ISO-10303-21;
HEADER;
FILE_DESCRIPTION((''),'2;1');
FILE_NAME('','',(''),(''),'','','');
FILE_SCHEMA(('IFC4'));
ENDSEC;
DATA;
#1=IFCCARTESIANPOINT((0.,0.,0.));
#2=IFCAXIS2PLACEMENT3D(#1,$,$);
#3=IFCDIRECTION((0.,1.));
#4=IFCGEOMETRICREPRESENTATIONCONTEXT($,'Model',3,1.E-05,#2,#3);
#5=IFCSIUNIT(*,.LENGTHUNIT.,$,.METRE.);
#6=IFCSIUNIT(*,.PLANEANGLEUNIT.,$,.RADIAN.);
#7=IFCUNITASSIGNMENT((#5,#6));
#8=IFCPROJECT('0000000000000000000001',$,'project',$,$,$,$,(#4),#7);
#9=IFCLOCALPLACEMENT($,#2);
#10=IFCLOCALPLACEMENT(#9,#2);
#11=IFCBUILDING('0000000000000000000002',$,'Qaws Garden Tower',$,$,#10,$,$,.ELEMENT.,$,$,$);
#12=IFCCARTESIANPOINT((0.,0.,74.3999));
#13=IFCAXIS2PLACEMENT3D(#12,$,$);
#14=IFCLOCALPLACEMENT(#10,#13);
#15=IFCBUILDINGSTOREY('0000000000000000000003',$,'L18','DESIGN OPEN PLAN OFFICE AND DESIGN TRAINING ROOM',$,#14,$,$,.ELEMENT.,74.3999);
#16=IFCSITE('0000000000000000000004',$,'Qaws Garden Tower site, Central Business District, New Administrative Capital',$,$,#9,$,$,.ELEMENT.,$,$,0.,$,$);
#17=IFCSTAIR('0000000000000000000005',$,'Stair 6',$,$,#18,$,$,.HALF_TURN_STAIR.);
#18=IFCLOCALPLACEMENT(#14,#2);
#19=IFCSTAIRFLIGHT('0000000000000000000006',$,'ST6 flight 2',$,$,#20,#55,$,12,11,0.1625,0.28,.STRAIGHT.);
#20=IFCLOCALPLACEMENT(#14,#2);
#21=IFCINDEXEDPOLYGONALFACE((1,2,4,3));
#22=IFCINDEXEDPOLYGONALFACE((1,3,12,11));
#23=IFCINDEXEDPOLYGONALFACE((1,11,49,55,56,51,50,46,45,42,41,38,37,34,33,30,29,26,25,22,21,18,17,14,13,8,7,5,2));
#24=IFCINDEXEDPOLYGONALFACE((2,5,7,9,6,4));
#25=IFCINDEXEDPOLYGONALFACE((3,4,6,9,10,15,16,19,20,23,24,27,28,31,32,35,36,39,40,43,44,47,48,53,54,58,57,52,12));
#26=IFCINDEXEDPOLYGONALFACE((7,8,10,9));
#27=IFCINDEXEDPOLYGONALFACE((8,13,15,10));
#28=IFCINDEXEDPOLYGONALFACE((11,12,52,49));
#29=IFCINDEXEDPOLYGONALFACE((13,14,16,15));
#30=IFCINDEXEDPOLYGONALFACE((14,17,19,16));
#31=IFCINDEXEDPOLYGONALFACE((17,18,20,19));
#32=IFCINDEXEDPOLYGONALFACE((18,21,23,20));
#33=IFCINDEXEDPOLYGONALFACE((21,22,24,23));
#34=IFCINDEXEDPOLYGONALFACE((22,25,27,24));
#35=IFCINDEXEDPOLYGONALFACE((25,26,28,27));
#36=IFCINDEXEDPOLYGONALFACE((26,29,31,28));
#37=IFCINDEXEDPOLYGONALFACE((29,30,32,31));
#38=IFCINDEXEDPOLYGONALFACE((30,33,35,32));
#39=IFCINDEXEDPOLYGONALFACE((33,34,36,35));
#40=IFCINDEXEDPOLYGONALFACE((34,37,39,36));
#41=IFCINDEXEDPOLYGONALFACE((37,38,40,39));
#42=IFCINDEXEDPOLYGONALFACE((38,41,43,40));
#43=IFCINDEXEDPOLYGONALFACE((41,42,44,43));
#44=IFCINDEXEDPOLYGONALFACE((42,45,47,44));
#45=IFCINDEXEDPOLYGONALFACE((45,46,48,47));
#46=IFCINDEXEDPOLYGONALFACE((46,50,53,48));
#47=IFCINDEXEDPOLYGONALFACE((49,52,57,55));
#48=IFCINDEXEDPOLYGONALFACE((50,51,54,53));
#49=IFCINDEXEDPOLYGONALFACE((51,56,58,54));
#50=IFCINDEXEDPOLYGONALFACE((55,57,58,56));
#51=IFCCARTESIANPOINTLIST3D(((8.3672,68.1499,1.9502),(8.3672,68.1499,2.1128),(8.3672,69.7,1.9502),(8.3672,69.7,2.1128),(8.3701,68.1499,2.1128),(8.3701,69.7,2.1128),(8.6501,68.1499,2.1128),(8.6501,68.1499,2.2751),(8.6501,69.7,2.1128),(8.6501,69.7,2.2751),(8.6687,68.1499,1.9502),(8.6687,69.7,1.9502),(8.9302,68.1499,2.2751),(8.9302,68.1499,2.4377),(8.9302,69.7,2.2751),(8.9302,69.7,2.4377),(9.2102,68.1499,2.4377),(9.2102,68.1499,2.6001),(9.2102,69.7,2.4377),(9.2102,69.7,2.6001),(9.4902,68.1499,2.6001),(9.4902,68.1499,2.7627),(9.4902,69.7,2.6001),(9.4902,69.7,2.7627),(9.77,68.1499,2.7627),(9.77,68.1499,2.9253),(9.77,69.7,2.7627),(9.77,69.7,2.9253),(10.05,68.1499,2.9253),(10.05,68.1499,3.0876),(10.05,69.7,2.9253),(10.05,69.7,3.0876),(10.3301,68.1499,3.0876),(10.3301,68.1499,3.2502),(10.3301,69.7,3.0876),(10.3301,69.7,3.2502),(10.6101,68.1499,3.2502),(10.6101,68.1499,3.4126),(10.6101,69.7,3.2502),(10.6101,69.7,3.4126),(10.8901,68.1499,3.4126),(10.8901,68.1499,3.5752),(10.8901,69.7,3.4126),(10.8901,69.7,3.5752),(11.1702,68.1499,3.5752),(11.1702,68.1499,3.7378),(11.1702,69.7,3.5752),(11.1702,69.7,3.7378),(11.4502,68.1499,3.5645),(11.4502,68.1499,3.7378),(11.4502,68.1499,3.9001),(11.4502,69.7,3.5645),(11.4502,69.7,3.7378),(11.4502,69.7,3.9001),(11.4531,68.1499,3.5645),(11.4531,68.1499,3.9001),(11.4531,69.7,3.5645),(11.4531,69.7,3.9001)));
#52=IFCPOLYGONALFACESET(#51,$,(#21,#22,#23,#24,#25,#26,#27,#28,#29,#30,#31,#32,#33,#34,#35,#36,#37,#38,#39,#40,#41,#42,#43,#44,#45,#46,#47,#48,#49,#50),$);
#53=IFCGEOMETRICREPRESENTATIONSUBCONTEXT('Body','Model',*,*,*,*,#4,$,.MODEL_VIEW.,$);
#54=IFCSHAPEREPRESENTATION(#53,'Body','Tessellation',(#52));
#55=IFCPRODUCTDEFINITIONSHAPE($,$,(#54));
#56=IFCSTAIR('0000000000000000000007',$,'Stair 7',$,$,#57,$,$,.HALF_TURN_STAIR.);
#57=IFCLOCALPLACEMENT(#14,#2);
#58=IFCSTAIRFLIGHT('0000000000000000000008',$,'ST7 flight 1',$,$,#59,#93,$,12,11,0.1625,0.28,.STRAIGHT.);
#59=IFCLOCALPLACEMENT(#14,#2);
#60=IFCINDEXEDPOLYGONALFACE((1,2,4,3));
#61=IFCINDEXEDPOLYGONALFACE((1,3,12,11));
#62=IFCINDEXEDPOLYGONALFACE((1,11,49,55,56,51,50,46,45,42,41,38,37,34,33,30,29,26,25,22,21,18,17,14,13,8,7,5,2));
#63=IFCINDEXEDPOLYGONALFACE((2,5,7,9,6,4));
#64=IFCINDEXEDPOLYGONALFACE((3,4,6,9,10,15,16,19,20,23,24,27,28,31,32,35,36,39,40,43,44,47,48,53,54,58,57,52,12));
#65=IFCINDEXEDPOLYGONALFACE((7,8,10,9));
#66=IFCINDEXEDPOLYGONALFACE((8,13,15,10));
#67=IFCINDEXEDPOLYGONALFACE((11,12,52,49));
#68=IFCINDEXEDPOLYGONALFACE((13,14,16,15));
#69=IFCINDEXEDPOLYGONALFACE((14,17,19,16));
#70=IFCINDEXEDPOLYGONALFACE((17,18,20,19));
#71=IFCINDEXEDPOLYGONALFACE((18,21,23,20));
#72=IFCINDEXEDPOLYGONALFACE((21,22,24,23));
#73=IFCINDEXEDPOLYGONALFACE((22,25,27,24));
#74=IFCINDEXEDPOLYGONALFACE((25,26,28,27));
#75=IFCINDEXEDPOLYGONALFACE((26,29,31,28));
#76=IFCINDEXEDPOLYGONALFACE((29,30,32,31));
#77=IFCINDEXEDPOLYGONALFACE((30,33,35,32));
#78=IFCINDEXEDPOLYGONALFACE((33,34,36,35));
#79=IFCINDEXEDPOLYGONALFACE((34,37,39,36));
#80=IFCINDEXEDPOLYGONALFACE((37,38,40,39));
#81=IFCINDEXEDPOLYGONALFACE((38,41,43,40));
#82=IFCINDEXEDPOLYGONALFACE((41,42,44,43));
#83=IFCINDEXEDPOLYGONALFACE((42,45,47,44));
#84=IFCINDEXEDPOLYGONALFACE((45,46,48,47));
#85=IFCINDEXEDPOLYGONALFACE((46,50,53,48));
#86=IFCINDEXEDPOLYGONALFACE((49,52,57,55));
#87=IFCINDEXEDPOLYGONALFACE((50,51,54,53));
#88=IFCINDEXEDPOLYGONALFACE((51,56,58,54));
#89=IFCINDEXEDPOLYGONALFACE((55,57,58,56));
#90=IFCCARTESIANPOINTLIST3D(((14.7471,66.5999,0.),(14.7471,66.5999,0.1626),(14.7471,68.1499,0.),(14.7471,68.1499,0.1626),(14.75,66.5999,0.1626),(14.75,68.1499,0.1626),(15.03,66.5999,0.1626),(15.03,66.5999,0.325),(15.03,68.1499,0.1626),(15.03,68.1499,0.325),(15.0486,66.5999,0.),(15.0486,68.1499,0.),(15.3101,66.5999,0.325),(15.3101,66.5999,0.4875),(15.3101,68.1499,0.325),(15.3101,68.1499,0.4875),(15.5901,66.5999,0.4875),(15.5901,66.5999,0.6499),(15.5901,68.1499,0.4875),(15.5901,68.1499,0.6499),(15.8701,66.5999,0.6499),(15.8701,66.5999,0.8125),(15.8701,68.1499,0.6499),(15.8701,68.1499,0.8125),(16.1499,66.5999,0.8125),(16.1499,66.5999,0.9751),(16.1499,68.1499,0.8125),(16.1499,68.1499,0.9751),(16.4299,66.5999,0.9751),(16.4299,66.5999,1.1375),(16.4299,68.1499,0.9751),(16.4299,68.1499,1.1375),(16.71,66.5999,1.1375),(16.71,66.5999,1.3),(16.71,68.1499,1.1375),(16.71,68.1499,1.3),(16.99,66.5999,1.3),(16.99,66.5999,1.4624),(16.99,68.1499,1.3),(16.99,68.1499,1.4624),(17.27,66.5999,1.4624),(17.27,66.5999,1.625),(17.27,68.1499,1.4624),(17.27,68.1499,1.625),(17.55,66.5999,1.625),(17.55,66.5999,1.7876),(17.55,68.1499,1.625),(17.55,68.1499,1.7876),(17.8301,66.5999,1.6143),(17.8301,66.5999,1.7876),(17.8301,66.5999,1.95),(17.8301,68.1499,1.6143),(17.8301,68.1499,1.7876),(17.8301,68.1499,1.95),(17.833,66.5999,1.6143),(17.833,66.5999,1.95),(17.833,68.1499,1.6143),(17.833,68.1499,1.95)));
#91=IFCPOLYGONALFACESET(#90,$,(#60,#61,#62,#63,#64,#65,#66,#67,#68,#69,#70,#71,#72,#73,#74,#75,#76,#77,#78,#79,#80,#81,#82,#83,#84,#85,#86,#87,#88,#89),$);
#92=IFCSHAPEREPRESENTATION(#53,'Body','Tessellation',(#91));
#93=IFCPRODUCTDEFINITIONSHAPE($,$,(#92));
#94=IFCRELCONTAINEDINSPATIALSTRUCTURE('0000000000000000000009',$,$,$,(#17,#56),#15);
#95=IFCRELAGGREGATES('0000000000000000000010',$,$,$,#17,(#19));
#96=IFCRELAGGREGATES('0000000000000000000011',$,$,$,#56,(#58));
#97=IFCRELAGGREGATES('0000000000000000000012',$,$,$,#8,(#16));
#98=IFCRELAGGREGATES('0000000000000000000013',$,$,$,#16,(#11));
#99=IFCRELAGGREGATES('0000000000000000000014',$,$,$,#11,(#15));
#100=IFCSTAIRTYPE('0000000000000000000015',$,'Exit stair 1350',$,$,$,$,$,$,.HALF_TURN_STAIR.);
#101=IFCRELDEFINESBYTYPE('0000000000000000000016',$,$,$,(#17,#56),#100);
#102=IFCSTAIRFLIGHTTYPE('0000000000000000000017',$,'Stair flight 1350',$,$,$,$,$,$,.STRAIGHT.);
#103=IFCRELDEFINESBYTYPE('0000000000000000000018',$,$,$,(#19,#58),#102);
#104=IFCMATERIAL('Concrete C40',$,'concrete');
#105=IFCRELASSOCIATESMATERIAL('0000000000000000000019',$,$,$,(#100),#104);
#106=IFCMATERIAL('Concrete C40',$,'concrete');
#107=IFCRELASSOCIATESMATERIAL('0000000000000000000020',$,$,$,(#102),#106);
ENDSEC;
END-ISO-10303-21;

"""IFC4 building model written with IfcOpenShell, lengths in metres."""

from ifc_helpers import new_model, si_unit, direction, frame, origin, place, context, subcontext, project, spatial, polyline, outline, extrude, material, type_object, element, aggregate, save


model = new_model("IFC4")

# Units and contexts
model_context = context("Model", 3, precision=1e-05, world=origin(), true_north=direction((0.0, 1.0)))
body_context = subcontext(model_context, "Body", "Model", "MODEL_VIEW")
ifc_project = project(units=[si_unit("LENGTHUNIT", "METRE"), si_unit("PLANEANGLEUNIT", "RADIAN")], contexts=[model_context])

# Site, building, storey
site_placement = place(None, origin())
site = spatial("IfcSite", under=ifc_project, at=site_placement, Name="Qaws Garden Tower site, Central Business District, New Administrative Capital", CompositionType="ELEMENT", RefElevation=0.0)
building_placement = place(site_placement, origin())
building = spatial("IfcBuilding", under=site, at=building_placement, Name="Qaws Garden Tower", CompositionType="ELEMENT")
storey_placement = place(building_placement, frame((0.0, 0.0, 74.3999)))
storey = spatial("IfcBuildingStorey", under=building, at=storey_placement, Name="L18", Description="DESIGN OPEN PLAN OFFICE AND DESIGN TRAINING ROOM", CompositionType="ELEMENT", Elevation=74.3999)

# Stair, stair flight
ifc_material_1 = material(Name="Concrete C40", Category="concrete")
stair_type = type_object("IfcStairType", Name="Exit stair 1350", PredefinedType="HALF_TURN_STAIR", material=ifc_material_1)
placement = place(storey_placement, origin())
stair_1 = element("IfcStair", 1, at=placement, inside=storey, type_object=stair_type, Name="Stair 6", PredefinedType="HALF_TURN_STAIR")
ifc_material_2 = material(Name="Concrete C40", Category="concrete")
stair_flight_type = type_object("IfcStairFlightType", Name="Stair flight 1350", PredefinedType="STRAIGHT", material=ifc_material_2)
stair_flight_1_placement = place(storey_placement, frame((8.3701, 68.925, 1.9502), z_axis=(0.0, 0.0, 1.0), x_axis=(1.0, 0.0, 0.0)))
stair_flight_1 = element("IfcStairFlight", 2, at=stair_flight_1_placement, type_object=stair_flight_type, Name="ST6 flight 2", NumberOfRisers=12, NumberOfTreads=11, PredefinedType="STRAIGHT", RiserHeight=0.1625, TreadLength=0.28, context=body_context, shape_type="SweptSolid", body=[
    extrude(outline(polyline([(-0.0029, 0.0), (-0.0029, 0.1626), (0.0, 0.1626), (0.28, 0.1626), (0.28, 0.325), (0.5601, 0.325), (0.5601, 0.4875), (0.8401, 0.4875), (0.8401, 0.6499), (1.1201, 0.6499), (1.1201, 0.8125), (1.3999, 0.8125), (1.3999, 0.9751), (1.6799, 0.9751), (1.6799, 1.1375), (1.96, 1.1375), (1.96, 1.3), (2.24, 1.3), (2.24, 1.4624), (2.52, 1.4624), (2.52, 1.625), (2.8, 1.625), (2.8, 1.7876), (3.0801, 1.7876), (3.0801, 1.95), (3.083, 1.95), (3.083, 1.6143), (3.0801, 1.6143), (0.2986, 0.0), (-0.0029, 0.0)])), frame((0.0, 0.7749, 0.0), z_axis=(0.0, -1.0, 0.0), x_axis=(1.0, 0.0, 0.0)), (0.0, 0.0, 1.0), 1.55),
])
aggregate(stair_1, [stair_flight_1])

# Stair, stair flight
stair_2 = element("IfcStair", 3, at=placement, inside=storey, type_object=stair_type, Name="Stair 7", PredefinedType="HALF_TURN_STAIR")
stair_flight_2_placement = place(storey_placement, frame((14.75, 67.375, 0.0), z_axis=(0.0, 0.0, 1.0), x_axis=(1.0, 0.0, 0.0)))
stair_flight_2 = element("IfcStairFlight", 4, at=stair_flight_2_placement, type_object=stair_flight_type, Name="ST7 flight 1", NumberOfRisers=12, NumberOfTreads=11, PredefinedType="STRAIGHT", RiserHeight=0.1625, TreadLength=0.28, context=body_context, shape_type="SweptSolid", body=[
    extrude(outline(polyline([(-0.0029, 0.0), (-0.0029, 0.1626), (0.0, 0.1626), (0.28, 0.1626), (0.28, 0.325), (0.5601, 0.325), (0.5601, 0.4875), (0.8401, 0.4875), (0.8401, 0.6499), (1.1201, 0.6499), (1.1201, 0.8125), (1.3999, 0.8125), (1.3999, 0.9751), (1.6799, 0.9751), (1.6799, 1.1375), (1.96, 1.1375), (1.96, 1.3), (2.24, 1.3), (2.24, 1.4624), (2.52, 1.4624), (2.52, 1.625), (2.8, 1.625), (2.8, 1.7876), (3.0801, 1.7876), (3.0801, 1.95), (3.083, 1.95), (3.083, 1.6143), (3.0801, 1.6143), (0.2986, 0.0), (-0.0029, 0.0)])), frame((0.0, 0.7749, 0.0), z_axis=(0.0, -1.0, 0.0), x_axis=(1.0, 0.0, 0.0)), (0.0, 0.0, 1.0), 1.55),
])
aggregate(stair_2, [stair_flight_2])

save(model, "model.ifc")
